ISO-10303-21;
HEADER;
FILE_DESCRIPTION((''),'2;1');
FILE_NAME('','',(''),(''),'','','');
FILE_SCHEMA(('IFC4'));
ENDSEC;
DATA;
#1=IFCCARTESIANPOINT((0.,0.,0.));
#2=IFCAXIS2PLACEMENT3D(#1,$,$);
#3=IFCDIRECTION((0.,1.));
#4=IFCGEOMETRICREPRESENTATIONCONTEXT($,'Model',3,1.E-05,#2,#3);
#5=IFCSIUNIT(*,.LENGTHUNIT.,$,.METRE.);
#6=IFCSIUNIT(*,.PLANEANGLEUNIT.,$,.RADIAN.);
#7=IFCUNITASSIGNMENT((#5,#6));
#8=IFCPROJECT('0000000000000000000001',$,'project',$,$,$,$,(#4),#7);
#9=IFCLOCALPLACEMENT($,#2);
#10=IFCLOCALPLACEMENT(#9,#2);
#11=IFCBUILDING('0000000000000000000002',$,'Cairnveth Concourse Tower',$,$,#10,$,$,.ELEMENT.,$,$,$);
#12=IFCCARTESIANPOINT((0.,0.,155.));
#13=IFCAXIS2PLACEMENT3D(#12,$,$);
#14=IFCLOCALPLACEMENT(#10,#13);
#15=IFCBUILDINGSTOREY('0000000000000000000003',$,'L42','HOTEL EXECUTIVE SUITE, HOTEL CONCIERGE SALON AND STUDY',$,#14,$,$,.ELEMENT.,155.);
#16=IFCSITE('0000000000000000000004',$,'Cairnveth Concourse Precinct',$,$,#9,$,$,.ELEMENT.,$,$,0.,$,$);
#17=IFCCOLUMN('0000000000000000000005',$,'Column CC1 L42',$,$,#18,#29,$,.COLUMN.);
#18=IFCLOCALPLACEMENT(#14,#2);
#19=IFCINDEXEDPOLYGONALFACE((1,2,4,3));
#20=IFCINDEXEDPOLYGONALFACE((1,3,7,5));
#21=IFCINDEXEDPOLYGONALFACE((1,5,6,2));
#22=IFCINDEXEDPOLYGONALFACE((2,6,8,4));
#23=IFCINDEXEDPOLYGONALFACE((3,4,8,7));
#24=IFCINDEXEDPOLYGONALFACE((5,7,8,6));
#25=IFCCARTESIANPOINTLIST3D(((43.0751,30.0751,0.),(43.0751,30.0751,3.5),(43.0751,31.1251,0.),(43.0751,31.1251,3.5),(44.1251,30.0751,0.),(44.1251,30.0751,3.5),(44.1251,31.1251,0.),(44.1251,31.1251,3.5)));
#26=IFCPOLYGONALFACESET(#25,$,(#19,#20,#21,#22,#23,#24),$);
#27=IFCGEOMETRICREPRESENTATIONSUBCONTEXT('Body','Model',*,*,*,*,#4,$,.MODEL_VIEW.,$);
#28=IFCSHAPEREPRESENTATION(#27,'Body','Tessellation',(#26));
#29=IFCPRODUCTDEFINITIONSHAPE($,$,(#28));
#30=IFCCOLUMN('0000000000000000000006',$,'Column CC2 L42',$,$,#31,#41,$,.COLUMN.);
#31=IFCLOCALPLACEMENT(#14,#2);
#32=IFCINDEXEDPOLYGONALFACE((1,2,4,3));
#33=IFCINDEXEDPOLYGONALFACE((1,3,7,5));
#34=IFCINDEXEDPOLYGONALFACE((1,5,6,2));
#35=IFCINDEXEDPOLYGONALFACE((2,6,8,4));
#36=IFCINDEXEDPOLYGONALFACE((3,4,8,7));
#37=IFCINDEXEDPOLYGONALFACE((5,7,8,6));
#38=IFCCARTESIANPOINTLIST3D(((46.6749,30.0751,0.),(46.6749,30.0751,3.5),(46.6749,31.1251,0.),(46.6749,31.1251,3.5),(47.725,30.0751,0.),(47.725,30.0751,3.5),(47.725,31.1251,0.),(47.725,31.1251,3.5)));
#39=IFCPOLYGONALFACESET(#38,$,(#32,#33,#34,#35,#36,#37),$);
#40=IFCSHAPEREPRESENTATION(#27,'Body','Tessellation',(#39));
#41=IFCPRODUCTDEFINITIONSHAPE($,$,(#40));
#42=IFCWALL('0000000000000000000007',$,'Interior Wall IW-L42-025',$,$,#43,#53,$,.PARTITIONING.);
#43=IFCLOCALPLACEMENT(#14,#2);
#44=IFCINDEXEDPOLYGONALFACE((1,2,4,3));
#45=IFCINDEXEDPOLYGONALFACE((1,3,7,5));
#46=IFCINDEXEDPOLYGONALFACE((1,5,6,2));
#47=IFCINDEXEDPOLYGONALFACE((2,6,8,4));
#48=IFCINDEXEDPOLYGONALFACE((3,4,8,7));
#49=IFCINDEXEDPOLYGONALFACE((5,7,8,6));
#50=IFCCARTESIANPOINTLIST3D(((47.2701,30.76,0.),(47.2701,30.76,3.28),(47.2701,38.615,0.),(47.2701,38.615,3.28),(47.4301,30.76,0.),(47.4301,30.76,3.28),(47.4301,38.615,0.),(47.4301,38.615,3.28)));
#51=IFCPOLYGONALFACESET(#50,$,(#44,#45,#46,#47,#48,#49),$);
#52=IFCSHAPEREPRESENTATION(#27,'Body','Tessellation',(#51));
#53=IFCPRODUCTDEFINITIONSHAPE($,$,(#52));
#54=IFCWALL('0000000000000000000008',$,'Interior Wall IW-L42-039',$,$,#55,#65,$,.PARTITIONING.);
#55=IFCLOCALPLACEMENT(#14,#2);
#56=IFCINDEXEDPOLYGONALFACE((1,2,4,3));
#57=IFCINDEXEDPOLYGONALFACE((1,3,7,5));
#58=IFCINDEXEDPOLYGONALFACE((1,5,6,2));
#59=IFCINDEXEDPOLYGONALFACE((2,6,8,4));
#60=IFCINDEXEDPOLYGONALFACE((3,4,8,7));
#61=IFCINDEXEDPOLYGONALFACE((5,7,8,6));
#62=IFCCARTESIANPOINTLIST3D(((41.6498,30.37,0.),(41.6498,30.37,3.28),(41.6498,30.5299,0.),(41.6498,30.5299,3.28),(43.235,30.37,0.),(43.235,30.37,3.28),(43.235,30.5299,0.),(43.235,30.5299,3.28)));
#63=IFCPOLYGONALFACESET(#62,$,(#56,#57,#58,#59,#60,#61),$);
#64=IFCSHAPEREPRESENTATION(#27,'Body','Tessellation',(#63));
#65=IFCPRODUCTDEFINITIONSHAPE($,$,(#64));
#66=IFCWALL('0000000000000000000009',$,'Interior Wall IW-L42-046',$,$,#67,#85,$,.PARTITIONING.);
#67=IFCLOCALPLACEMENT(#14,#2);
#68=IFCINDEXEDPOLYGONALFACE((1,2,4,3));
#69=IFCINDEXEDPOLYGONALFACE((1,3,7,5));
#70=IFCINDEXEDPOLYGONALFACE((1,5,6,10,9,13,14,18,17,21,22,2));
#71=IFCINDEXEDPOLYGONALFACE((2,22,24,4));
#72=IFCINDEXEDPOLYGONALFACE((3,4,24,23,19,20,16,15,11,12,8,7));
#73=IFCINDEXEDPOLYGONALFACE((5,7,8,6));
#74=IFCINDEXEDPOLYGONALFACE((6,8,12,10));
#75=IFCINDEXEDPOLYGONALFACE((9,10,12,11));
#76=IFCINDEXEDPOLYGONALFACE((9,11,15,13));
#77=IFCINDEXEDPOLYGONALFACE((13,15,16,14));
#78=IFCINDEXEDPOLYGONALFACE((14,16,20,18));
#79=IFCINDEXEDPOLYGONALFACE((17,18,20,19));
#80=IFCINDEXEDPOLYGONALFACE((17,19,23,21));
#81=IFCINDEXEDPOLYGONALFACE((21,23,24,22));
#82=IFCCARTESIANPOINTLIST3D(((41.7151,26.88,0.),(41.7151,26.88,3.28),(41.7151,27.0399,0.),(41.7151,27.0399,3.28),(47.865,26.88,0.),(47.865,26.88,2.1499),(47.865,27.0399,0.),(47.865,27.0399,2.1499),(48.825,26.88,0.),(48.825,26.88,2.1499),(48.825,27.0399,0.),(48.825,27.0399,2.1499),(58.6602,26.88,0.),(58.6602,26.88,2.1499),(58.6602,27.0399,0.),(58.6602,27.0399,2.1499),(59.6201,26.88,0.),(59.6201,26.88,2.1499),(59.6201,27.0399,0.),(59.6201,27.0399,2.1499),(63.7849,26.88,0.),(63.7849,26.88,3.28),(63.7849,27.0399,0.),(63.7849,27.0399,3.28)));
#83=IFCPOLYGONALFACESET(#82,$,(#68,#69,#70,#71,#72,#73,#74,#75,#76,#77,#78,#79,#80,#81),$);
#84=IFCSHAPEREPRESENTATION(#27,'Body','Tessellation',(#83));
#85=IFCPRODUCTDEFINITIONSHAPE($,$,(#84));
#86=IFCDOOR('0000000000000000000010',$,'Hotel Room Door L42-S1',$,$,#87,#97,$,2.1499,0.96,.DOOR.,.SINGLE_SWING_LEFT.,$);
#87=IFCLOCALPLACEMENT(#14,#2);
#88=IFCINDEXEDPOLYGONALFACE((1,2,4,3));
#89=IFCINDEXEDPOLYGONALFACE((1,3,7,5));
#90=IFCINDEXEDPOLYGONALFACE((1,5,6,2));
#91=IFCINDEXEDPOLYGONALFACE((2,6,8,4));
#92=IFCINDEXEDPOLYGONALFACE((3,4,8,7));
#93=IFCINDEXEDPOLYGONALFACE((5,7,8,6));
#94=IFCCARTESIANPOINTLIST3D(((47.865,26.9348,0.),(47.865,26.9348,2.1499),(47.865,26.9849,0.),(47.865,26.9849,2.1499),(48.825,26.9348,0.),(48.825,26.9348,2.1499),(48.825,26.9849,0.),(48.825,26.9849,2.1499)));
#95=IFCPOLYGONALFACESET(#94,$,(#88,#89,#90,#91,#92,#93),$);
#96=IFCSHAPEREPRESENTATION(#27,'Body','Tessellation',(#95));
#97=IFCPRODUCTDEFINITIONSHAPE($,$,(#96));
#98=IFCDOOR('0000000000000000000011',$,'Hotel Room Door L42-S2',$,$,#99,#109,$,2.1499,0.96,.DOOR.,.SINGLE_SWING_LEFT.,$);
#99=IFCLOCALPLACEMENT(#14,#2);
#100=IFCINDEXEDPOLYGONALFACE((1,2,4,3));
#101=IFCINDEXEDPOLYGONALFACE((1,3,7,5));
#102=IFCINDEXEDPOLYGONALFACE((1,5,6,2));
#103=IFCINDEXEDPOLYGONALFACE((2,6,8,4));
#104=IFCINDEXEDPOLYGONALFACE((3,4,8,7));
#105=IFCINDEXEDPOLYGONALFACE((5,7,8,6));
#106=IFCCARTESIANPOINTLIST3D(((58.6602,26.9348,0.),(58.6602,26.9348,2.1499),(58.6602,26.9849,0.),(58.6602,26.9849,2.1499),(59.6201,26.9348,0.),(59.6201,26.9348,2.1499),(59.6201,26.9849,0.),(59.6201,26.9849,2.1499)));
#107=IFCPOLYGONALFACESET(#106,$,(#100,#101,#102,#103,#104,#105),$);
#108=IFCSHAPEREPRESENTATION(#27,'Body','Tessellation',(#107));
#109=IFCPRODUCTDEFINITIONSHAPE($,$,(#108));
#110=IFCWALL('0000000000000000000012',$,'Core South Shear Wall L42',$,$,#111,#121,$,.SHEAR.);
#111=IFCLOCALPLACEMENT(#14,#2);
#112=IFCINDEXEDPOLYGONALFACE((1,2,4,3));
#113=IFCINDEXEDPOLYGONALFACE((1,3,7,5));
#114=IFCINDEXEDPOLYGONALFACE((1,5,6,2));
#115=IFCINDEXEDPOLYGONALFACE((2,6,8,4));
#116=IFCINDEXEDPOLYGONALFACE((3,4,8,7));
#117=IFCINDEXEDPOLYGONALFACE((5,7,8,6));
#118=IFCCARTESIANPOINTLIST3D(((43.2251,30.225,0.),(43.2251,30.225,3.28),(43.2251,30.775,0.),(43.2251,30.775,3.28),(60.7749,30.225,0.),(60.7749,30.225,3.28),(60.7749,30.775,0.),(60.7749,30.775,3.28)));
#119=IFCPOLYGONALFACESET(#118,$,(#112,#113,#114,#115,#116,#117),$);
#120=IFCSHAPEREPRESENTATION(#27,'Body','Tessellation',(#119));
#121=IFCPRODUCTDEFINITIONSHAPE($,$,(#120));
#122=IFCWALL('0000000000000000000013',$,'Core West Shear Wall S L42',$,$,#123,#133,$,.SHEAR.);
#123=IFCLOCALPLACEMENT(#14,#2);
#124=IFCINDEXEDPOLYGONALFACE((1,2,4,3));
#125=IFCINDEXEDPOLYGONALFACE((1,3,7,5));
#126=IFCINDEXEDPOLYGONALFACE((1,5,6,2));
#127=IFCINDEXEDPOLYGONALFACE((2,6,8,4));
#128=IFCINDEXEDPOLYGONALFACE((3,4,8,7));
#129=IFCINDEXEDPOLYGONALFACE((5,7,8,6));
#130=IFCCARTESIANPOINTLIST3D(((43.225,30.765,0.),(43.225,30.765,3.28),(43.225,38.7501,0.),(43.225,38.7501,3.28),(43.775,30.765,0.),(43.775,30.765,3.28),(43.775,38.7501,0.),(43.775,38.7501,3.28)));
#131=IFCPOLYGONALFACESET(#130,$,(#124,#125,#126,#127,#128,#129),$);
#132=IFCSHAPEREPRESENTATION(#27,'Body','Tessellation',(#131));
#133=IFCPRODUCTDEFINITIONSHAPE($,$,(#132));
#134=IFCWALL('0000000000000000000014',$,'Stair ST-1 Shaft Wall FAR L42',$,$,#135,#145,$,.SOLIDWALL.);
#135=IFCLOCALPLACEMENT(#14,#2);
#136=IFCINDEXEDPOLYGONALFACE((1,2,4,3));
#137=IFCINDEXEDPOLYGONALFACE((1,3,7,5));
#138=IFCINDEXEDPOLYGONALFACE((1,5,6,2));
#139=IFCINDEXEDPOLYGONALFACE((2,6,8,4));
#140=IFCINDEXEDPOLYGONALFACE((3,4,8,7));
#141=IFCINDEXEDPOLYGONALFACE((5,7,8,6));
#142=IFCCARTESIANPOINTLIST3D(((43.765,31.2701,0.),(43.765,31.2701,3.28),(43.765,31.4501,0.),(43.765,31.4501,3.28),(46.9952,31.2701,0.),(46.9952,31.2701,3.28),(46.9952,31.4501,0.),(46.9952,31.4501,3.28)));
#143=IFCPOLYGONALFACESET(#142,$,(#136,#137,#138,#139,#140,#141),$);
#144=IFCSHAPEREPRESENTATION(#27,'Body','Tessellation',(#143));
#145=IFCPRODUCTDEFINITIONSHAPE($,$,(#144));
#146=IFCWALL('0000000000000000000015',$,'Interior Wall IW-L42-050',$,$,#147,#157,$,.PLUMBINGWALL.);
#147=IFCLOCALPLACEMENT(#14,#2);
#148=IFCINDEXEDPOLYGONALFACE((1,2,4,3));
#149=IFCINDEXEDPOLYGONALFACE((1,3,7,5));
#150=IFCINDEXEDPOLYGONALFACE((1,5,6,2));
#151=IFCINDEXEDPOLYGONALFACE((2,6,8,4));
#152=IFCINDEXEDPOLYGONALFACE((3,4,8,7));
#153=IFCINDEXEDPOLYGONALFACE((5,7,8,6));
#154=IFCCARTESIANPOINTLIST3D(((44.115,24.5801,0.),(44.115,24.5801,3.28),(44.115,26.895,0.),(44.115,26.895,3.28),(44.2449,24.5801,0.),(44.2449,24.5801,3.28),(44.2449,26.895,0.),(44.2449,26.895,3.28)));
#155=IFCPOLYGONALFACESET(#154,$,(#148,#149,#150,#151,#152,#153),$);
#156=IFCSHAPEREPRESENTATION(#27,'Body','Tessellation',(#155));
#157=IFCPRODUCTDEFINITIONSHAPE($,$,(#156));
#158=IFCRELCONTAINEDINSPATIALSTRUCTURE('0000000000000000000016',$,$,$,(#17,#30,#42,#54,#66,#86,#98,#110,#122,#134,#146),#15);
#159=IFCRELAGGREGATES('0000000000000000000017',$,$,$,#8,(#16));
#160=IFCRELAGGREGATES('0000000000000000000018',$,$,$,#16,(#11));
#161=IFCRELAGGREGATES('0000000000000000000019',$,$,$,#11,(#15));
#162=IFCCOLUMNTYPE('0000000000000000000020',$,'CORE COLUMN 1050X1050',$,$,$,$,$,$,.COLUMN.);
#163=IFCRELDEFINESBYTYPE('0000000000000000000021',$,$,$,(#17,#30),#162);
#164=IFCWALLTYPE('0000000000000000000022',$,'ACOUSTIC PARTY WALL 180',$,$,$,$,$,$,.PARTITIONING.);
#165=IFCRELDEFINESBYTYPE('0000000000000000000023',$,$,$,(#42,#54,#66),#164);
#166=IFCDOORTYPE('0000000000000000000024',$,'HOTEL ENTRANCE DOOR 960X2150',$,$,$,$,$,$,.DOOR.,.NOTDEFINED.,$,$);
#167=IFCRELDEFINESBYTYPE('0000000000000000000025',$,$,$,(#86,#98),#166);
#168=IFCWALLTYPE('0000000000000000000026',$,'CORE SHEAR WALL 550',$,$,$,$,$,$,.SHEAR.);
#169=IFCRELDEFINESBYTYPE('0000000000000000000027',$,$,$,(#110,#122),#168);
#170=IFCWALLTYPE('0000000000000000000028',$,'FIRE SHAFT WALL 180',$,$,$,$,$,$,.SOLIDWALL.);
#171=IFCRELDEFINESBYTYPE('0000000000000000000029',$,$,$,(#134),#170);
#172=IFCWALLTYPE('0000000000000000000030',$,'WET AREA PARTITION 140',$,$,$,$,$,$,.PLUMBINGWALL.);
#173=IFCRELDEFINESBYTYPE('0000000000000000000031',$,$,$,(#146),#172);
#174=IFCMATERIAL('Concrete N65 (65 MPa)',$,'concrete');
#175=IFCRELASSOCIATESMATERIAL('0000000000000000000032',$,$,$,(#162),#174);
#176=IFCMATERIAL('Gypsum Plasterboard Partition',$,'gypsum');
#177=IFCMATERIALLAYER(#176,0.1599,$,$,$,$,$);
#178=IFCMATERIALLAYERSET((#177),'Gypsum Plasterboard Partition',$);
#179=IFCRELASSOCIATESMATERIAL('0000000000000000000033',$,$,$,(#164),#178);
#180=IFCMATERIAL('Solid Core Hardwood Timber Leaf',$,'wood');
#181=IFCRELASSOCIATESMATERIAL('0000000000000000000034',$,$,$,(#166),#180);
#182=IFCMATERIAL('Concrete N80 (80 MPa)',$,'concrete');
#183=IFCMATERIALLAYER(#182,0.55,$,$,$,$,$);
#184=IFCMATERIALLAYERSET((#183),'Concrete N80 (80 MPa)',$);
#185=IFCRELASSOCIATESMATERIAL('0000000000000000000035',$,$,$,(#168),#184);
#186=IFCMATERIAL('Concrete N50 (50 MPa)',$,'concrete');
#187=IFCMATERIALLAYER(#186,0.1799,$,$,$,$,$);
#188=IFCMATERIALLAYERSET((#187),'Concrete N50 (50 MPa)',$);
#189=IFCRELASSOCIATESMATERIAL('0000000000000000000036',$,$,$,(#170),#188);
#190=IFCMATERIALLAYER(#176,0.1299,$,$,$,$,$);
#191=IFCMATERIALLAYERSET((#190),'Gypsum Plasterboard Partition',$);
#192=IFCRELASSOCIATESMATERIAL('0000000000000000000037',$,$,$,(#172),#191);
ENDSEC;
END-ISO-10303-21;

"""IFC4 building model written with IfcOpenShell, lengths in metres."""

from ifc_helpers import new_model, si_unit, direction, frame, frame_2d, origin, origin_2d, place, context, subcontext, project, spatial, rectangle, extrude, material, layer, layer_set, material_profile, profile_set, type_object, element, fill, save


model = new_model("IFC4")

# Units and contexts
model_context = context("Model", 3, precision=1e-05, world=origin(), true_north=direction((0.0, 1.0)))
body_context = subcontext(model_context, "Body", "Model", "MODEL_VIEW")
ifc_project = project(units=[si_unit("LENGTHUNIT", "METRE"), si_unit("PLANEANGLEUNIT", "RADIAN")], contexts=[model_context])

# Site, building, storey
site_placement = place(None, origin())
site = spatial("IfcSite", under=ifc_project, at=site_placement, Name="Cairnveth Concourse Precinct", CompositionType="ELEMENT", RefElevation=0.0)
building_placement = place(site_placement, origin())
building = spatial("IfcBuilding", under=site, at=building_placement, Name="Cairnveth Concourse Tower", CompositionType="ELEMENT")
storey_placement = place(building_placement, frame((0.0, 0.0, 155.0)))
storey = spatial("IfcBuildingStorey", under=building, at=storey_placement, Name="L42", Description="HOTEL EXECUTIVE SUITE, HOTEL CONCIERGE SALON AND STUDY", CompositionType="ELEMENT", Elevation=155.0)

# Columns
ifc_material_1 = material(Name="Concrete N65 (65 MPa)", Category="concrete")
ifc_material_profile = material_profile(ifc_material_1, rectangle(XDim=1.05, YDim=1.05, at=origin_2d()), Name="RC-COL-1050x1050")
ifc_profile_set = profile_set([ifc_material_profile], Name="Concrete N65 (65 MPa)")
column_type = type_object("IfcColumnType", Name="CORE COLUMN 1050X1050", PredefinedType="COLUMN", material=ifc_profile_set)
for number, where, z_axis, x_axis, name in (
    (1, (43.6001, 30.6001, 0.0), (0.0, 0.0, 1.0), (1.0, 0.0, 0.0), "Column CC1 L42"),
    (2, (47.2, 30.6001, 0.0), (0.0, 0.0, 1.0), (1.0, 0.0, 0.0), "Column CC2 L42"),
):
    element("IfcColumn", number, at=place(storey_placement, frame(where, z_axis=z_axis, x_axis=x_axis)), inside=storey, type_object=column_type, Name=name, PredefinedType="COLUMN", context=body_context, shape_type="SweptSolid", body=[
        extrude(rectangle(XDim=1.05, YDim=1.05, at=origin_2d()), origin(), (0.0, 0.0, 1.0), 3.5),
    ])

# Walls
ifc_material_2 = material(Name="Gypsum Plasterboard Partition", Category="gypsum")
ifc_layer_1 = layer(ifc_material_2, 0.1599)
ifc_layer_set_1 = layer_set([ifc_layer_1], Name="Gypsum Plasterboard Partition")
wall_type_1 = type_object("IfcWallType", Name="ACOUSTIC PARTY WALL 180", PredefinedType="PARTITIONING", material=ifc_layer_set_1)
wall_1_placement = place(storey_placement, frame((47.3501, 30.76, 0.0), z_axis=(0.0, 0.0, 1.0), x_axis=(0.0, 1.0, 0.0)))
element("IfcWall", 3, at=wall_1_placement, inside=storey, type_object=wall_type_1, Name="Interior Wall IW-L42-025", PredefinedType="PARTITIONING", context=body_context, shape_type="SweptSolid", body=[
    extrude(rectangle(XDim=7.855, YDim=0.1599, at=frame_2d((3.9275, 0.0))), origin(), (0.0, 0.0, 1.0), 3.28),
])
wall_2_placement = place(storey_placement, frame((41.6499, 30.45, 0.0), z_axis=(0.0, 0.0, 1.0), x_axis=(1.0, 0.0, 0.0)))
element("IfcWall", 4, at=wall_2_placement, inside=storey, type_object=wall_type_1, Name="Interior Wall IW-L42-039", PredefinedType="PARTITIONING", context=body_context, shape_type="SweptSolid", body=[
    extrude(rectangle(XDim=1.5852, YDim=0.1599, at=frame_2d((0.7925, 0.0))), origin(), (0.0, 0.0, 1.0), 3.28),
])

# Wall, openings, doors
wall_3_placement = place(storey_placement, frame((41.7151, 26.96, 0.0), z_axis=(0.0, 0.0, 1.0), x_axis=(1.0, 0.0, 0.0)))
wall_3 = element("IfcWall", 5, at=wall_3_placement, inside=storey, type_object=wall_type_1, Name="Interior Wall IW-L42-046", PredefinedType="PARTITIONING", context=body_context, shape_type="SweptSolid", body=[
    extrude(rectangle(XDim=22.0698, YDim=0.1599, at=frame_2d((11.0349, 0.0))), origin(), (0.0, 0.0, 1.0), 3.28),
])
opening_1_placement = place(wall_3_placement, frame((6.1499, 0.0, 0.0)))
opening_1 = element("IfcOpeningElement", 6, at=opening_1_placement, cuts=wall_3, PredefinedType="OPENING", context=body_context, shape_type="SweptSolid", body=[
    extrude(rectangle(XDim=0.96, YDim=2.1499, at=frame_2d((0.48, 1.075))), frame((0.0, 0.0898, 0.0), z_axis=(0.0, -1.0, 0.0), x_axis=(1.0, 0.0, 0.0)), (0.0, 0.0, 1.0), 0.1799),
])
opening_2_placement = place(wall_3_placement, frame((16.9451, 0.0, 0.0)))
opening_2 = element("IfcOpeningElement", 7, at=opening_2_placement, cuts=wall_3, PredefinedType="OPENING", context=body_context, shape_type="SweptSolid", body=[
    extrude(rectangle(XDim=0.96, YDim=2.1499, at=frame_2d((0.48, 1.075))), frame((0.0, 0.0898, 0.0), z_axis=(0.0, -1.0, 0.0), x_axis=(1.0, 0.0, 0.0)), (0.0, 0.0, 1.0), 0.1799),
])
ifc_material_3 = material(Name="Solid Core Hardwood Timber Leaf", Category="wood")
door_type_1 = type_object("IfcDoorType", Name="HOTEL ENTRANCE DOOR 960X2150", OperationType="NOTDEFINED", PredefinedType="DOOR", material=ifc_material_3)
door_1_placement = place(opening_1_placement, origin())
door_1 = element("IfcDoor", 8, at=door_1_placement, inside=storey, type_object=door_type_1, Name="Hotel Room Door L42-S1", OperationType="SINGLE_SWING_LEFT", OverallHeight=2.1499, OverallWidth=0.96, PredefinedType="DOOR", context=body_context, shape_type="SweptSolid", body=[
    extrude(rectangle(XDim=0.96, YDim=2.1499, at=frame_2d((0.48, 1.075))), frame((0.0, 0.0249, 0.0), z_axis=(0.0, -1.0, 0.0), x_axis=(1.0, 0.0, 0.0)), (0.0, 0.0, 1.0), 0.05),
])
fill(opening_1, door_1)
door_2_placement = place(opening_2_placement, origin())
door_2 = element("IfcDoor", 9, at=door_2_placement, inside=storey, type_object=door_type_1, Name="Hotel Room Door L42-S2", OperationType="SINGLE_SWING_LEFT", OverallHeight=2.1499, OverallWidth=0.96, PredefinedType="DOOR", context=body_context, shape_type="SweptSolid", body=[
    extrude(rectangle(XDim=0.96, YDim=2.1499, at=frame_2d((0.48, 1.075))), frame((0.0, 0.0249, 0.0), z_axis=(0.0, -1.0, 0.0), x_axis=(1.0, 0.0, 0.0)), (0.0, 0.0, 1.0), 0.05),
])
fill(opening_2, door_2)

# Walls
ifc_material_4 = material(Name="Concrete N80 (80 MPa)", Category="concrete")
ifc_layer_2 = layer(ifc_material_4, 0.55)
ifc_layer_set_2 = layer_set([ifc_layer_2], Name="Concrete N80 (80 MPa)")
wall_type_2 = type_object("IfcWallType", Name="CORE SHEAR WALL 550", PredefinedType="SHEAR", material=ifc_layer_set_2)
wall_4_placement = place(storey_placement, frame((43.2251, 30.5, 0.0), z_axis=(0.0, 0.0, 1.0), x_axis=(1.0, 0.0, 0.0)))
element("IfcWall", 10, at=wall_4_placement, inside=storey, type_object=wall_type_2, Name="Core South Shear Wall L42", PredefinedType="SHEAR", context=body_context, shape_type="SweptSolid", body=[
    extrude(rectangle(XDim=17.5498, YDim=0.55, at=frame_2d((8.7749, 0.0))), origin(), (0.0, 0.0, 1.0), 3.28),
])
wall_5_placement = place(storey_placement, frame((43.5, 30.7649, 0.0), z_axis=(0.0, 0.0, 1.0), x_axis=(0.0, 1.0, 0.0)))
element("IfcWall", 11, at=wall_5_placement, inside=storey, type_object=wall_type_2, Name="Core West Shear Wall S L42", PredefinedType="SHEAR", context=body_context, shape_type="SweptSolid", body=[
    extrude(rectangle(XDim=7.9851, YDim=0.55, at=frame_2d((3.9927, 0.0))), origin(), (0.0, 0.0, 1.0), 3.28),
])
ifc_material_5 = material(Name="Concrete N50 (50 MPa)", Category="concrete")
ifc_layer_3 = layer(ifc_material_5, 0.1799)
ifc_layer_set_3 = layer_set([ifc_layer_3], Name="Concrete N50 (50 MPa)")
wall_type_3 = type_object("IfcWallType", Name="FIRE SHAFT WALL 180", PredefinedType="SOLIDWALL", material=ifc_layer_set_3)
wall_6_placement = place(storey_placement, frame((43.7649, 31.3601, 0.0), z_axis=(0.0, 0.0, 1.0), x_axis=(1.0, 0.0, 0.0)))
element("IfcWall", 12, at=wall_6_placement, inside=storey, type_object=wall_type_3, Name="Stair ST-1 Shaft Wall FAR L42", PredefinedType="SOLIDWALL", context=body_context, shape_type="SweptSolid", body=[
    extrude(rectangle(XDim=3.2302, YDim=0.1799, at=frame_2d((1.6152, 0.0))), origin(), (0.0, 0.0, 1.0), 3.28),
])
ifc_layer_4 = layer(ifc_material_2, 0.1299)
ifc_layer_set_4 = layer_set([ifc_layer_4], Name="Gypsum Plasterboard Partition")
wall_type_4 = type_object("IfcWallType", Name="WET AREA PARTITION 140", PredefinedType="PLUMBINGWALL", material=ifc_layer_set_4)
wall_7_placement = place(storey_placement, frame((44.1799, 24.5801, 0.0), z_axis=(0.0, 0.0, 1.0), x_axis=(0.0, 1.0, 0.0)))
element("IfcWall", 13, at=wall_7_placement, inside=storey, type_object=wall_type_4, Name="Interior Wall IW-L42-050", PredefinedType="PLUMBINGWALL", context=body_context, shape_type="SweptSolid", body=[
    extrude(rectangle(XDim=2.3149, YDim=0.1299, at=frame_2d((1.1575, 0.0))), origin(), (0.0, 0.0, 1.0), 3.28),
])

save(model, "model.ifc")
